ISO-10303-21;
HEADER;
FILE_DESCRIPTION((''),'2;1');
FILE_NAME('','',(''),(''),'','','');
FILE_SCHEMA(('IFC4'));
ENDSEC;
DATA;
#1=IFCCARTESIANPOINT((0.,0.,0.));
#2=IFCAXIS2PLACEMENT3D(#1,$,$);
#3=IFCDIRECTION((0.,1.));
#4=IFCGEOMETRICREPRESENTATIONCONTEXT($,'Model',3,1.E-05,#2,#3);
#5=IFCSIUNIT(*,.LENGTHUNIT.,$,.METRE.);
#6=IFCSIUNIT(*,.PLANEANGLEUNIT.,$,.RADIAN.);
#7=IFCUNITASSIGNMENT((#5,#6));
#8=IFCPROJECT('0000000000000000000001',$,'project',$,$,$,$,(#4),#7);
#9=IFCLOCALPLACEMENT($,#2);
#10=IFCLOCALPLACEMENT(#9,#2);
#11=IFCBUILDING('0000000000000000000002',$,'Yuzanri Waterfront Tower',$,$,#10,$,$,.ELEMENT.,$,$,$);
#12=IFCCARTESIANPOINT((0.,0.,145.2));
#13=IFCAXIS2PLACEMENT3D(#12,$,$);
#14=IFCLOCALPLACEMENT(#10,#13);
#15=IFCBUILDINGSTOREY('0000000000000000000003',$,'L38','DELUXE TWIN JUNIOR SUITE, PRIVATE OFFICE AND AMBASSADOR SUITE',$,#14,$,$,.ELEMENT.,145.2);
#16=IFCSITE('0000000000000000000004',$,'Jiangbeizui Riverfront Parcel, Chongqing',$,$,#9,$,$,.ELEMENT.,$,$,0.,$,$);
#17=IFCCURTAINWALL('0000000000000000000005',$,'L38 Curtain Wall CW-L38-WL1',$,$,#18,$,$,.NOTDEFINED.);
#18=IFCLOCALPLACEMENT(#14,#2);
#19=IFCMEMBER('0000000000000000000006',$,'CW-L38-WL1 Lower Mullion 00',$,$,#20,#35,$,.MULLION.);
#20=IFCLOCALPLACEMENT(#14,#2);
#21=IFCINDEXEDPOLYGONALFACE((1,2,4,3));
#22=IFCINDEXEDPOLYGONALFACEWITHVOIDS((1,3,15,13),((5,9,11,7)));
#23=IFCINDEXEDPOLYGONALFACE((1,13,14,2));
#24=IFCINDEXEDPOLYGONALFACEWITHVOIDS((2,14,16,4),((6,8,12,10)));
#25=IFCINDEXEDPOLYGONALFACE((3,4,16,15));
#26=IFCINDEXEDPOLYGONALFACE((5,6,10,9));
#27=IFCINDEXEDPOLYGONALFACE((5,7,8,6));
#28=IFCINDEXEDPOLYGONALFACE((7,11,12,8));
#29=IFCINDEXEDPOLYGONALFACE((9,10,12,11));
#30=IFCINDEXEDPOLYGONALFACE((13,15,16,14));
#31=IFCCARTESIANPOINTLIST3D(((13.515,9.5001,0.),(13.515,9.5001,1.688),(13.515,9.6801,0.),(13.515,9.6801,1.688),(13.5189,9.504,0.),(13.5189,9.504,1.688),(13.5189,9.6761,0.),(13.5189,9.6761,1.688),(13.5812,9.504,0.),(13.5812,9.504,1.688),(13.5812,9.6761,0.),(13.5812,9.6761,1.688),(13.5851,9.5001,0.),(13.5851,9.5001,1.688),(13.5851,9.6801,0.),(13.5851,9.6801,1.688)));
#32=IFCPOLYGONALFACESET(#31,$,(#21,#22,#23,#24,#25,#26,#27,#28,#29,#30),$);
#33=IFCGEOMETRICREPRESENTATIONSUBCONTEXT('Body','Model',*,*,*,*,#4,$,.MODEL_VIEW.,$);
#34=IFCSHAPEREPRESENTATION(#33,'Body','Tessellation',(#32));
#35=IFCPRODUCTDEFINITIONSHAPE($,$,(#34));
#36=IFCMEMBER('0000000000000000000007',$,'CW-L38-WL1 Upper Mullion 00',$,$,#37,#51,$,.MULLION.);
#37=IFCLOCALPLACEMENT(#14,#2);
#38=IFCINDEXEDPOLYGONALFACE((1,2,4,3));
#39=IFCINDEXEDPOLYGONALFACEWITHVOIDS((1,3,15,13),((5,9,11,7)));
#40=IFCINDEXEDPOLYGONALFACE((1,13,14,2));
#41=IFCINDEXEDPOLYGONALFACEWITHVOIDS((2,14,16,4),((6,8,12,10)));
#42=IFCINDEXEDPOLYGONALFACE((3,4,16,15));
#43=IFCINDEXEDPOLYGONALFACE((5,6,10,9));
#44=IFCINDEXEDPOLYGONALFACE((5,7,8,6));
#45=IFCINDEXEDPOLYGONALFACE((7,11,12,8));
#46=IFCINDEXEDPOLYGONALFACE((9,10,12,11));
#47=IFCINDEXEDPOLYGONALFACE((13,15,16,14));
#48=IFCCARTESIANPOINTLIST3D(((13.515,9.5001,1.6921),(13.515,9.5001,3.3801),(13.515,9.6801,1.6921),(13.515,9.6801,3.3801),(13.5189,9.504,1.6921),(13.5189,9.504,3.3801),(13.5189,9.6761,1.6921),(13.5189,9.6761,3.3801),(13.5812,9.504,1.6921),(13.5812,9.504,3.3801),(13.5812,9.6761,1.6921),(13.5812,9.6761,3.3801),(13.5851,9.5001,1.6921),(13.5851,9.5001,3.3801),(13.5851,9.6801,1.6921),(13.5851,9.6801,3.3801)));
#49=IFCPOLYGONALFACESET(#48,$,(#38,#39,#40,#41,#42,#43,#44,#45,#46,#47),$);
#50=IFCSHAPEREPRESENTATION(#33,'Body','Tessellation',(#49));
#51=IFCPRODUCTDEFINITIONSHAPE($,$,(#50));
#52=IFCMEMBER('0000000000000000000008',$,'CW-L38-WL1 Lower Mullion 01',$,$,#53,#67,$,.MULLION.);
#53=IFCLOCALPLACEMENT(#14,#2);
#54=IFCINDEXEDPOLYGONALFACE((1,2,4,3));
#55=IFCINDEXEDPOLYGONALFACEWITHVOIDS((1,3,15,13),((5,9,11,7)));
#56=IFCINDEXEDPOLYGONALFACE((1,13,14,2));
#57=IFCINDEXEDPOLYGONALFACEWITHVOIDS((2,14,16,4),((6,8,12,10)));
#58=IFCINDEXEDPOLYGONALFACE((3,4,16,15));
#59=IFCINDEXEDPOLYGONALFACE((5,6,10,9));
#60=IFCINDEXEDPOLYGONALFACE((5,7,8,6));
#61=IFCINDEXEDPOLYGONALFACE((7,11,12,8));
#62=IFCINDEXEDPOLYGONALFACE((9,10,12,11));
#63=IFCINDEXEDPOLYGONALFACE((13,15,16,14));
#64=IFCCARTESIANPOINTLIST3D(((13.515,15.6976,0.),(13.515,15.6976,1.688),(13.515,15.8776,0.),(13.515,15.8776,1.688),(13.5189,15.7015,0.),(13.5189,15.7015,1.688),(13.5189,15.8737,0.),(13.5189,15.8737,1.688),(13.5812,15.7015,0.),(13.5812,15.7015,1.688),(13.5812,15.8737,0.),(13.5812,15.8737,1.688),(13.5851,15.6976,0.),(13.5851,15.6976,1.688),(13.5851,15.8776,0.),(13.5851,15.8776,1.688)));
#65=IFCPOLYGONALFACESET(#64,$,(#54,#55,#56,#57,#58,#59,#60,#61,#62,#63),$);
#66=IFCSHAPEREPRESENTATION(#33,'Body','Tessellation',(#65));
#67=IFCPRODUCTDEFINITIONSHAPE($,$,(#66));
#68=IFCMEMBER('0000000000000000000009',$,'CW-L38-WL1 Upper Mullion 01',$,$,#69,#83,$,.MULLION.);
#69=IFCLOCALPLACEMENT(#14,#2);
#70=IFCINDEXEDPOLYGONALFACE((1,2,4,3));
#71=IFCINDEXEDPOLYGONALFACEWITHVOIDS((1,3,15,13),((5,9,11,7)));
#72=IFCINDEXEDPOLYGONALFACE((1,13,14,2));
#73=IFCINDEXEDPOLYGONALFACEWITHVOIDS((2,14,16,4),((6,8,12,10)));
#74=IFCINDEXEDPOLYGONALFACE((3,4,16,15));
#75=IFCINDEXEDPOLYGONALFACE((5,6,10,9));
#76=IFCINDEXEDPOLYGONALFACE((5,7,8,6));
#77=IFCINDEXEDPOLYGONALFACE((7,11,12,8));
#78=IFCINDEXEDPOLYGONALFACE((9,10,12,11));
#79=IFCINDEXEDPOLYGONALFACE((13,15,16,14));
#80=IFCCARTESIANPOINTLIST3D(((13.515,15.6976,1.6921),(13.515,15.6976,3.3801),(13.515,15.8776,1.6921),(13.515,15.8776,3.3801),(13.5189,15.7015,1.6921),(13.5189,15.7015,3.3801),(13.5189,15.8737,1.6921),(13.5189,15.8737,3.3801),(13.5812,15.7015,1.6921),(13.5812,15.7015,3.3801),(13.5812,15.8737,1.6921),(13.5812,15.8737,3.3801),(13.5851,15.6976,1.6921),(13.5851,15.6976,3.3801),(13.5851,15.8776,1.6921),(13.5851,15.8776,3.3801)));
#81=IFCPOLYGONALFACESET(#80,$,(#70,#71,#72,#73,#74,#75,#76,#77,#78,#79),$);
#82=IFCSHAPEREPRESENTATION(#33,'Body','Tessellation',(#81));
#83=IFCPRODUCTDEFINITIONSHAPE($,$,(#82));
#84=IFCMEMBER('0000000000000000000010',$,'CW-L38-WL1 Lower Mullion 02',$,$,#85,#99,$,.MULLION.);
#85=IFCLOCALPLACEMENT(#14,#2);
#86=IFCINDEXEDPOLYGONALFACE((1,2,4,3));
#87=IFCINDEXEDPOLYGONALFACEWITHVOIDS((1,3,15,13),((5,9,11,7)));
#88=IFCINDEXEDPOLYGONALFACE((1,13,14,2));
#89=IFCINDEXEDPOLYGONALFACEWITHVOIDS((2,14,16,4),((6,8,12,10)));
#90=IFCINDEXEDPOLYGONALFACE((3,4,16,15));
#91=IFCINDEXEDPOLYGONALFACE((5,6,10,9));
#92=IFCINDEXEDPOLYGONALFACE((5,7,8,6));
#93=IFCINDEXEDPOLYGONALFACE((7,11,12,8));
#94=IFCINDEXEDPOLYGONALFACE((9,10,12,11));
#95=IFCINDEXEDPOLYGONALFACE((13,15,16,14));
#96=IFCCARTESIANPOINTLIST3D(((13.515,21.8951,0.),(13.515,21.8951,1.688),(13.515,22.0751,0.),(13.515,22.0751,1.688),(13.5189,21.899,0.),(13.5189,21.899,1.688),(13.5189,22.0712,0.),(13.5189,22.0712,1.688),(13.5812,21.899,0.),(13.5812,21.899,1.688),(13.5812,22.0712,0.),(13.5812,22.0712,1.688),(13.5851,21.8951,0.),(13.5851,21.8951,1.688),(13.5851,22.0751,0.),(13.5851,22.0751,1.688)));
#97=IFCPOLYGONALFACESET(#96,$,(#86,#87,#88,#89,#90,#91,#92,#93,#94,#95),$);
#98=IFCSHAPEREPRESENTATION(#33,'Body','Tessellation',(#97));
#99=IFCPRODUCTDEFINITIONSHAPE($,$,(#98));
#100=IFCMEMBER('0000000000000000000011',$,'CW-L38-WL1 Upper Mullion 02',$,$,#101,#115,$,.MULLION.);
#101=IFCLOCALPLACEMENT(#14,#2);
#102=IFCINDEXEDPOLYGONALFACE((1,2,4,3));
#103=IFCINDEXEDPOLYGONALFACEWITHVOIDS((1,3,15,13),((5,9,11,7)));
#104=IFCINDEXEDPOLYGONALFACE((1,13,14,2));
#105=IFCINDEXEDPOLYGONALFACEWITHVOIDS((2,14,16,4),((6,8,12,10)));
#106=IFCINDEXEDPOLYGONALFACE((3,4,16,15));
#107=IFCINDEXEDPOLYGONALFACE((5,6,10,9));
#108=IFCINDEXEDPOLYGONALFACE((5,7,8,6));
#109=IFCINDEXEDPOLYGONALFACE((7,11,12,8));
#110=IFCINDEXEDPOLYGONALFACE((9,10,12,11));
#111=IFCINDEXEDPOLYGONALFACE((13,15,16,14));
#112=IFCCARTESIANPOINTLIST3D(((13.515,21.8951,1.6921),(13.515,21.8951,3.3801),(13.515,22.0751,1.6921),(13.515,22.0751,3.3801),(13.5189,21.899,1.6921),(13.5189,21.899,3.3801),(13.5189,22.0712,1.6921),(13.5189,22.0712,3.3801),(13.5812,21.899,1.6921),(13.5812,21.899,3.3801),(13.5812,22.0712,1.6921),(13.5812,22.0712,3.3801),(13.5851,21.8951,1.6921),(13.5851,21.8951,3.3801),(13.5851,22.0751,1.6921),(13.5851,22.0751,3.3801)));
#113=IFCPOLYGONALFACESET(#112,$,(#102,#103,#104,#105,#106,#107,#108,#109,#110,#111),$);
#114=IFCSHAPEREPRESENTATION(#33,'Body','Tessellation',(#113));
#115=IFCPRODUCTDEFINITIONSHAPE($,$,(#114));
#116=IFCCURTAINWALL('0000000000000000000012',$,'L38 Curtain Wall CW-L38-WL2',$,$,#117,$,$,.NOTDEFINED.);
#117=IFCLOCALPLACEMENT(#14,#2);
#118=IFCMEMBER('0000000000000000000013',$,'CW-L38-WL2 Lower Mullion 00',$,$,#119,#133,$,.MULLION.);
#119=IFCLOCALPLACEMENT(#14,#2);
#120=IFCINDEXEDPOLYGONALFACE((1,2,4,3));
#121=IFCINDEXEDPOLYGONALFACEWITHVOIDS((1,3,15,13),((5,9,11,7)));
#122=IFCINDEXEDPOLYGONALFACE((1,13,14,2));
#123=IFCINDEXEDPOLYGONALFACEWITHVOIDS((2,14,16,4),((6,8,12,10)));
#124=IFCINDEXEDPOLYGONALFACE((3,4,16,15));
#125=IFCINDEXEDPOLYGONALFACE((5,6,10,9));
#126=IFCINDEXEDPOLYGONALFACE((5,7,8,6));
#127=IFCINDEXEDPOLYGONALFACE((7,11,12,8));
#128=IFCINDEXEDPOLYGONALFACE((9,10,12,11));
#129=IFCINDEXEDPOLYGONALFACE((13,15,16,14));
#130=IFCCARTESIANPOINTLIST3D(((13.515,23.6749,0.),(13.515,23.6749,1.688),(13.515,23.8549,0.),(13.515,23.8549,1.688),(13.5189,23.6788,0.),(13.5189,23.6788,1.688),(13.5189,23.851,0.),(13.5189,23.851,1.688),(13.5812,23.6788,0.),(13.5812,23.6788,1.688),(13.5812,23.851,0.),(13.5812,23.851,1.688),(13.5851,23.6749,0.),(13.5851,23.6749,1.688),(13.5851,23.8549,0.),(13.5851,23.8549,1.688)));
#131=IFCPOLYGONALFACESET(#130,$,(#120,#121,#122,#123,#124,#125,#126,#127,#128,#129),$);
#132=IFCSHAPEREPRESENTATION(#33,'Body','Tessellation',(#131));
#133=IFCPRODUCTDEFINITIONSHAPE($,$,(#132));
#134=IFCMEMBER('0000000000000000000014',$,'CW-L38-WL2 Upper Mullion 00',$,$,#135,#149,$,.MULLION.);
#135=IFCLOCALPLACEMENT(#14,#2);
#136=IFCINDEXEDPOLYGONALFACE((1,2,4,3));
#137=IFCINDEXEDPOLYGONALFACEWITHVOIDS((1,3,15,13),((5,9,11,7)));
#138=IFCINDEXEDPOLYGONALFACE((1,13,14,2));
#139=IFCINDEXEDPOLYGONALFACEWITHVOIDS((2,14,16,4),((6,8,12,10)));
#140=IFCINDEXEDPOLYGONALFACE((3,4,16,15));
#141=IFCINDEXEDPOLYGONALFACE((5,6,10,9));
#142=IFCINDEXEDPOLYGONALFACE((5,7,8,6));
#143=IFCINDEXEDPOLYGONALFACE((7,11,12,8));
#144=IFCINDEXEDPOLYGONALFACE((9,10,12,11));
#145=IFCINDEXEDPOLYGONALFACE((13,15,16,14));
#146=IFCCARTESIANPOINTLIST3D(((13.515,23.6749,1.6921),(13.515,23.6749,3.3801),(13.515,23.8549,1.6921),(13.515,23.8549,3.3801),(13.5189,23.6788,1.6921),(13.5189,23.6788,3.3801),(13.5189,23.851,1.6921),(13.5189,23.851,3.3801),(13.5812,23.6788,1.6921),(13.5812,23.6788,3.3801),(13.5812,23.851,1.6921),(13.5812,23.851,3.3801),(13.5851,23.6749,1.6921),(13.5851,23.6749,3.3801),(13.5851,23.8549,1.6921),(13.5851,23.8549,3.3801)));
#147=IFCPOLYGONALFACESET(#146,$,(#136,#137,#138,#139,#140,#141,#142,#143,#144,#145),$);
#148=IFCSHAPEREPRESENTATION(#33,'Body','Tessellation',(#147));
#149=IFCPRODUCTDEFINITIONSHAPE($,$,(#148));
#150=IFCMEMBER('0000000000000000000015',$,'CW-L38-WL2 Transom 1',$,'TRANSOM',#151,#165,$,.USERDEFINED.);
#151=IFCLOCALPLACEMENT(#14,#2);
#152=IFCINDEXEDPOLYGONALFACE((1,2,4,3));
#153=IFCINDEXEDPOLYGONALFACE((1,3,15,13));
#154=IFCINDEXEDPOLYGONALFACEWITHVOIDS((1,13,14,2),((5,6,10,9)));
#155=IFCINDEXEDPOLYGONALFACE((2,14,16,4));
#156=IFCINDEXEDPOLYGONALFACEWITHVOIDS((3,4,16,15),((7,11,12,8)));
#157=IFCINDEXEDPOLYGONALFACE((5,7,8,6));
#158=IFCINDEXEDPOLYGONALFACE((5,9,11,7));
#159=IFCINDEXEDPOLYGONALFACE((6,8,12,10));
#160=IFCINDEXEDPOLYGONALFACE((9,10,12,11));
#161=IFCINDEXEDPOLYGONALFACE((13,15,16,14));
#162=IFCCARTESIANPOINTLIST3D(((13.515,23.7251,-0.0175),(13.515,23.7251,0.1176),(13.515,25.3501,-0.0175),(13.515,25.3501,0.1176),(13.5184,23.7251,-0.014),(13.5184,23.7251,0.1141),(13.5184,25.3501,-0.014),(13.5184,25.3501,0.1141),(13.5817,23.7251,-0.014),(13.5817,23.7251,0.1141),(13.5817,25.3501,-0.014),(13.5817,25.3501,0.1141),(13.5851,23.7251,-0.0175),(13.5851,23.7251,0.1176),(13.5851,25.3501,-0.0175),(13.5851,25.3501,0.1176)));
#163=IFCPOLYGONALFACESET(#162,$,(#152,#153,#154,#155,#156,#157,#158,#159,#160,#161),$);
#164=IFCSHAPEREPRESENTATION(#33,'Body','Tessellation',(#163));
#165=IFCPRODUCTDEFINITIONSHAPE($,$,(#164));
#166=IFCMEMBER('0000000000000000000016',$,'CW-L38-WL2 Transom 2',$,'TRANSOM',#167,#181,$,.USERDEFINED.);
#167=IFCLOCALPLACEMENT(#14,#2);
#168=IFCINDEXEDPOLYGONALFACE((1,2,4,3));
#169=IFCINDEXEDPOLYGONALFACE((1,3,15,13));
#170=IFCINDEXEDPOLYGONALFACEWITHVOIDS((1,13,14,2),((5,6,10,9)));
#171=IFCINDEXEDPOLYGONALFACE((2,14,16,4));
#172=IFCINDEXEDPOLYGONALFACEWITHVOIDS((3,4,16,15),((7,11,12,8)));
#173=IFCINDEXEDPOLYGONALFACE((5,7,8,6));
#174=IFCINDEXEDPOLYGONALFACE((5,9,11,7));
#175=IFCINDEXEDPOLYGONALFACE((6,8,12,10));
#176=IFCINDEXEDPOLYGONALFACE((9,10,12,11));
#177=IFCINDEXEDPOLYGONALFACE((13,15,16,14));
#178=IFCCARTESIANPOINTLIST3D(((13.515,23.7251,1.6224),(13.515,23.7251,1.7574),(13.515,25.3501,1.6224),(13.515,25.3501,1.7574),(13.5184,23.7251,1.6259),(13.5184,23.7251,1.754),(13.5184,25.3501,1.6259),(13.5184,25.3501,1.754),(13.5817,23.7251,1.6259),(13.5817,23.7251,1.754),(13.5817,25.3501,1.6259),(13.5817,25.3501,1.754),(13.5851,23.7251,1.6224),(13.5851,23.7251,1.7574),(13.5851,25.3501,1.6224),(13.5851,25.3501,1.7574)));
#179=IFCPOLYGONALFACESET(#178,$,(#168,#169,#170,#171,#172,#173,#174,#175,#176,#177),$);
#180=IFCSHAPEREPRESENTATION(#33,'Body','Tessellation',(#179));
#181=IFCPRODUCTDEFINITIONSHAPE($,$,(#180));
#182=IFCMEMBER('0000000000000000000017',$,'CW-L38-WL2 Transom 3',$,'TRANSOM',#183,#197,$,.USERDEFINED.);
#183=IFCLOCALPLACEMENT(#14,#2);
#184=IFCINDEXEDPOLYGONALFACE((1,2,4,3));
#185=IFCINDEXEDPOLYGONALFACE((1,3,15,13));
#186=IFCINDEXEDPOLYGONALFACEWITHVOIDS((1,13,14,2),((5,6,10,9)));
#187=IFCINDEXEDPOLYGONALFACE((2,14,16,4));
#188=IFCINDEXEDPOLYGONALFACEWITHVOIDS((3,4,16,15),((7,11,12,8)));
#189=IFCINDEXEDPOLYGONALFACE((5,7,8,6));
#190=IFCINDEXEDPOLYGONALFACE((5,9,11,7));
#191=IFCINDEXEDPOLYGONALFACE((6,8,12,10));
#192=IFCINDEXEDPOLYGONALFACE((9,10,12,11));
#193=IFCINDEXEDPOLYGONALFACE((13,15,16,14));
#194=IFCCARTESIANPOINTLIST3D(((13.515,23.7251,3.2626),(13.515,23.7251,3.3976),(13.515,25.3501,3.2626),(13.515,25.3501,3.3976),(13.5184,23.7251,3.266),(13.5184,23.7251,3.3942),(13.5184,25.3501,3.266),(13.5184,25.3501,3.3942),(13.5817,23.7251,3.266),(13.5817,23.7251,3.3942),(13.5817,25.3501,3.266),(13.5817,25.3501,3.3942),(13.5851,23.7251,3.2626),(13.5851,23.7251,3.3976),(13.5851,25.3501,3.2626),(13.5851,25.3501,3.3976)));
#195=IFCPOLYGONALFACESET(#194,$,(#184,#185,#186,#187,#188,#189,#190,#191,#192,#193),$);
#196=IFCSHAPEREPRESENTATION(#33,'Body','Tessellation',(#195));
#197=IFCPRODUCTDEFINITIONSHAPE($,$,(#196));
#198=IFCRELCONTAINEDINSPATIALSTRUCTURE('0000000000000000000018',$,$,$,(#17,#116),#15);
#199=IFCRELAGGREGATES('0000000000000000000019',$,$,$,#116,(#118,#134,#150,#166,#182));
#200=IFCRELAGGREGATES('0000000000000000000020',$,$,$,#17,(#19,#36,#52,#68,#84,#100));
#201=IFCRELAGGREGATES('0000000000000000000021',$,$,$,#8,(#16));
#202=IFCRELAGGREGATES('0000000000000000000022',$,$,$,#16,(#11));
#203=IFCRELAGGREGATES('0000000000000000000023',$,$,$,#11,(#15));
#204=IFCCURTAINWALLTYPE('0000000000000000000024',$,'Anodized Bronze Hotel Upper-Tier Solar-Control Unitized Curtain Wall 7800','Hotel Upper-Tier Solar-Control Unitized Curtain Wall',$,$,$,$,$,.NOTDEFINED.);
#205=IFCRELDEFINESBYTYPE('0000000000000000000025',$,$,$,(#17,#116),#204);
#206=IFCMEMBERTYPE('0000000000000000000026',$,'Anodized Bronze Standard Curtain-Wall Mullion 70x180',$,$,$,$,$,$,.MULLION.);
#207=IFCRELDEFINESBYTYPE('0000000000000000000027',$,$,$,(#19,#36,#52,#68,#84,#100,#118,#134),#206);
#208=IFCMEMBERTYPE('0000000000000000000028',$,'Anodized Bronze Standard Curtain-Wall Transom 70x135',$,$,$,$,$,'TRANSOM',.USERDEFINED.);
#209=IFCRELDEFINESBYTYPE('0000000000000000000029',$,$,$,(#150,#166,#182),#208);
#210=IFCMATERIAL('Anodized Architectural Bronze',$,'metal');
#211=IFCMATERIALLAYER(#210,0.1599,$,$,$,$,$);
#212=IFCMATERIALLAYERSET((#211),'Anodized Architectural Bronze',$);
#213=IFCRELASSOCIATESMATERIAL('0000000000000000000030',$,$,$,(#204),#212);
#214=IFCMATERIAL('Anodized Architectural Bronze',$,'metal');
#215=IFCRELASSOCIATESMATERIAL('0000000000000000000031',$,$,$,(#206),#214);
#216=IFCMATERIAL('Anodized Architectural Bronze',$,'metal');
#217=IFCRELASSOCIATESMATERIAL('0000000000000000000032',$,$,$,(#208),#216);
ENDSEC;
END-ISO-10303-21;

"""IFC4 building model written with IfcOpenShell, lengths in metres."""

from ifc_helpers import new_model, si_unit, direction, frame, origin, origin_2d, place, context, subcontext, project, spatial, hollow_rectangle, extrude, source, transform, mapped, material, layer, layer_set, material_profile, profile_set, type_object, element, aggregate, save


model = new_model("IFC4")

# Units and contexts
model_context = context("Model", 3, precision=1e-05, world=origin(), true_north=direction((0.0, 1.0)))
body_context = subcontext(model_context, "Body", "Model", "MODEL_VIEW")
ifc_project = project(units=[si_unit("LENGTHUNIT", "METRE"), si_unit("PLANEANGLEUNIT", "RADIAN")], contexts=[model_context])

# Site, building, storey
site_placement = place(None, origin())
site = spatial("IfcSite", under=ifc_project, at=site_placement, Name="Jiangbeizui Riverfront Parcel, Chongqing", CompositionType="ELEMENT", RefElevation=0.0)
building_placement = place(site_placement, origin())
building = spatial("IfcBuilding", under=site, at=building_placement, Name="Yuzanri Waterfront Tower", CompositionType="ELEMENT")
storey_placement = place(building_placement, frame((0.0, 0.0, 145.2)))
storey = spatial("IfcBuildingStorey", under=building, at=storey_placement, Name="L38", Description="DELUXE TWIN JUNIOR SUITE, PRIVATE OFFICE AND AMBASSADOR SUITE", CompositionType="ELEMENT", Elevation=145.2)

# Curtain walls, members
ifc_material_1 = material(Name="Anodized Architectural Bronze", Category="metal")
ifc_layer_1 = layer(ifc_material_1, 0.1599)
ifc_layer_set_1 = layer_set([ifc_layer_1], Name="Anodized Architectural Bronze")
curtain_wall_type = type_object("IfcCurtainWallType", Name="Anodized Bronze Hotel Upper-Tier Solar-Control Unitized Curtain Wall 7800", Description="Hotel Upper-Tier Solar-Control Unitized Curtain Wall", PredefinedType="NOTDEFINED", material=ifc_layer_set_1)
curtain_wall_1_placement = place(storey_placement, origin())
curtain_wall_1 = element("IfcCurtainWall", 1, at=curtain_wall_1_placement, inside=storey, type_object=curtain_wall_type, Name="L38 Curtain Wall CW-L38-WL1", PredefinedType="NOTDEFINED")
ifc_material_2 = material(Name="Anodized Architectural Bronze", Category="metal")
ifc_material_profile_1 = material_profile(ifc_material_2, hollow_rectangle(XDim=0.0701, YDim=0.1799, WallThickness=0.0039, at=origin_2d()), Name="CWM 70x180")
ifc_profile_set_1 = profile_set([ifc_material_profile_1], Name="Anodized Architectural Bronze")
member_type_1 = type_object("IfcMemberType", Name="Anodized Bronze Standard Curtain-Wall Mullion 70x180", PredefinedType="MULLION", material=ifc_profile_set_1)
shared_shape_1 = source(origin(), body_context, "Body", "SweptSolid", [
    extrude(hollow_rectangle(XDim=0.0701, YDim=0.1799, WallThickness=0.0039, at=origin_2d()), origin(), (0.0, 0.0, 1.0), 1.688),
])
member_1_placement = place(storey_placement, frame((13.55, 9.5901, 0.0), z_axis=(0.0, 0.0, 1.0), x_axis=(1.0, 0.0, 0.0)))
member_1 = element("IfcMember", 2, at=member_1_placement, type_object=member_type_1, Name="CW-L38-WL1 Lower Mullion 00", PredefinedType="MULLION", context=body_context, shape_type="MappedRepresentation", body=[
    mapped(shared_shape_1, transform((0.0, 0.0, 0.0), scale=1.0)),
])
member_2_placement = place(storey_placement, frame((13.55, 9.5901, 1.6921), z_axis=(0.0, 0.0, 1.0), x_axis=(1.0, 0.0, 0.0)))
member_2 = element("IfcMember", 3, at=member_2_placement, type_object=member_type_1, Name="CW-L38-WL1 Upper Mullion 00", PredefinedType="MULLION", context=body_context, shape_type="MappedRepresentation", body=[
    mapped(shared_shape_1, transform((0.0, 0.0, 0.0), scale=1.0)),
])
member_3_placement = place(storey_placement, frame((13.55, 15.7876, 0.0), z_axis=(0.0, 0.0, 1.0), x_axis=(1.0, 0.0, 0.0)))
member_3 = element("IfcMember", 4, at=member_3_placement, type_object=member_type_1, Name="CW-L38-WL1 Lower Mullion 01", PredefinedType="MULLION", context=body_context, shape_type="MappedRepresentation", body=[
    mapped(shared_shape_1, transform((0.0, 0.0, 0.0), scale=1.0)),
])
member_4_placement = place(storey_placement, frame((13.55, 15.7876, 1.6921), z_axis=(0.0, 0.0, 1.0), x_axis=(1.0, 0.0, 0.0)))
member_4 = element("IfcMember", 5, at=member_4_placement, type_object=member_type_1, Name="CW-L38-WL1 Upper Mullion 01", PredefinedType="MULLION", context=body_context, shape_type="MappedRepresentation", body=[
    mapped(shared_shape_1, transform((0.0, 0.0, 0.0), scale=1.0)),
])
member_5_placement = place(storey_placement, frame((13.55, 21.9851, 0.0), z_axis=(0.0, 0.0, 1.0), x_axis=(1.0, 0.0, 0.0)))
member_5 = element("IfcMember", 6, at=member_5_placement, type_object=member_type_1, Name="CW-L38-WL1 Lower Mullion 02", PredefinedType="MULLION", context=body_context, shape_type="MappedRepresentation", body=[
    mapped(shared_shape_1, transform((0.0, 0.0, 0.0), scale=1.0)),
])
member_6_placement = place(storey_placement, frame((13.55, 21.9851, 1.6921), z_axis=(0.0, 0.0, 1.0), x_axis=(1.0, 0.0, 0.0)))
member_6 = element("IfcMember", 7, at=member_6_placement, type_object=member_type_1, Name="CW-L38-WL1 Upper Mullion 02", PredefinedType="MULLION", context=body_context, shape_type="MappedRepresentation", body=[
    mapped(shared_shape_1, transform((0.0, 0.0, 0.0), scale=1.0)),
])
curtain_wall_2_placement = place(storey_placement, origin())
curtain_wall_2 = element("IfcCurtainWall", 8, at=curtain_wall_2_placement, inside=storey, type_object=curtain_wall_type, Name="L38 Curtain Wall CW-L38-WL2", PredefinedType="NOTDEFINED")
member_7_placement = place(storey_placement, frame((13.55, 23.7649, 0.0), z_axis=(0.0, 0.0, 1.0), x_axis=(1.0, 0.0, 0.0)))
member_7 = element("IfcMember", 9, at=member_7_placement, type_object=member_type_1, Name="CW-L38-WL2 Lower Mullion 00", PredefinedType="MULLION", context=body_context, shape_type="MappedRepresentation", body=[
    mapped(shared_shape_1, transform((0.0, 0.0, 0.0), scale=1.0)),
])
member_8_placement = place(storey_placement, frame((13.55, 23.7649, 1.6921), z_axis=(0.0, 0.0, 1.0), x_axis=(1.0, 0.0, 0.0)))
member_8 = element("IfcMember", 10, at=member_8_placement, type_object=member_type_1, Name="CW-L38-WL2 Upper Mullion 00", PredefinedType="MULLION", context=body_context, shape_type="MappedRepresentation", body=[
    mapped(shared_shape_1, transform((0.0, 0.0, 0.0), scale=1.0)),
])
ifc_material_3 = material(Name="Anodized Architectural Bronze", Category="metal")
ifc_material_profile_2 = material_profile(ifc_material_3, hollow_rectangle(XDim=0.0701, YDim=0.135, WallThickness=0.0034, at=origin_2d()), Name="CWT 70x135")
ifc_profile_set_2 = profile_set([ifc_material_profile_2], Name="Anodized Architectural Bronze")
member_type_2 = type_object("IfcMemberType", Name="Anodized Bronze Standard Curtain-Wall Transom 70x135", ElementType="TRANSOM", PredefinedType="USERDEFINED", material=ifc_profile_set_2)
shared_shape_2 = source(origin(), body_context, "Body", "SweptSolid", [
    extrude(hollow_rectangle(XDim=0.0701, YDim=0.135, WallThickness=0.0034, at=origin_2d()), origin(), (0.0, 0.0, 1.0), 1.625),
])
member_9_placement = place(storey_placement, frame((13.55, 23.7251, 0.05), z_axis=(0.0, 1.0, 0.0), x_axis=(-1.0, 0.0, 0.0)))
member_9 = element("IfcMember", 11, at=member_9_placement, type_object=member_type_2, Name="CW-L38-WL2 Transom 1", ObjectType="TRANSOM", PredefinedType="USERDEFINED", context=body_context, shape_type="MappedRepresentation", body=[
    mapped(shared_shape_2, transform((0.0, 0.0, 0.0), scale=1.0)),
])
member_10_placement = place(storey_placement, frame((13.55, 23.7251, 1.6899), z_axis=(0.0, 1.0, 0.0), x_axis=(-1.0, 0.0, 0.0)))
member_10 = element("IfcMember", 12, at=member_10_placement, type_object=member_type_2, Name="CW-L38-WL2 Transom 2", ObjectType="TRANSOM", PredefinedType="USERDEFINED", context=body_context, shape_type="MappedRepresentation", body=[
    mapped(shared_shape_2, transform((0.0, 0.0, 0.0), scale=1.0)),
])
member_11_placement = place(storey_placement, frame((13.55, 23.7251, 3.3301), z_axis=(0.0, 1.0, 0.0), x_axis=(-1.0, 0.0, 0.0)))
member_11 = element("IfcMember", 13, at=member_11_placement, type_object=member_type_2, Name="CW-L38-WL2 Transom 3", ObjectType="TRANSOM", PredefinedType="USERDEFINED", context=body_context, shape_type="MappedRepresentation", body=[
    mapped(shared_shape_2, transform((0.0, 0.0, 0.0), scale=1.0)),
])
aggregate(curtain_wall_2, [member_7, member_8, member_9, member_10, member_11])

aggregate(curtain_wall_1, [member_1, member_2, member_3, member_4, member_5, member_6])

save(model, "model.ifc")
